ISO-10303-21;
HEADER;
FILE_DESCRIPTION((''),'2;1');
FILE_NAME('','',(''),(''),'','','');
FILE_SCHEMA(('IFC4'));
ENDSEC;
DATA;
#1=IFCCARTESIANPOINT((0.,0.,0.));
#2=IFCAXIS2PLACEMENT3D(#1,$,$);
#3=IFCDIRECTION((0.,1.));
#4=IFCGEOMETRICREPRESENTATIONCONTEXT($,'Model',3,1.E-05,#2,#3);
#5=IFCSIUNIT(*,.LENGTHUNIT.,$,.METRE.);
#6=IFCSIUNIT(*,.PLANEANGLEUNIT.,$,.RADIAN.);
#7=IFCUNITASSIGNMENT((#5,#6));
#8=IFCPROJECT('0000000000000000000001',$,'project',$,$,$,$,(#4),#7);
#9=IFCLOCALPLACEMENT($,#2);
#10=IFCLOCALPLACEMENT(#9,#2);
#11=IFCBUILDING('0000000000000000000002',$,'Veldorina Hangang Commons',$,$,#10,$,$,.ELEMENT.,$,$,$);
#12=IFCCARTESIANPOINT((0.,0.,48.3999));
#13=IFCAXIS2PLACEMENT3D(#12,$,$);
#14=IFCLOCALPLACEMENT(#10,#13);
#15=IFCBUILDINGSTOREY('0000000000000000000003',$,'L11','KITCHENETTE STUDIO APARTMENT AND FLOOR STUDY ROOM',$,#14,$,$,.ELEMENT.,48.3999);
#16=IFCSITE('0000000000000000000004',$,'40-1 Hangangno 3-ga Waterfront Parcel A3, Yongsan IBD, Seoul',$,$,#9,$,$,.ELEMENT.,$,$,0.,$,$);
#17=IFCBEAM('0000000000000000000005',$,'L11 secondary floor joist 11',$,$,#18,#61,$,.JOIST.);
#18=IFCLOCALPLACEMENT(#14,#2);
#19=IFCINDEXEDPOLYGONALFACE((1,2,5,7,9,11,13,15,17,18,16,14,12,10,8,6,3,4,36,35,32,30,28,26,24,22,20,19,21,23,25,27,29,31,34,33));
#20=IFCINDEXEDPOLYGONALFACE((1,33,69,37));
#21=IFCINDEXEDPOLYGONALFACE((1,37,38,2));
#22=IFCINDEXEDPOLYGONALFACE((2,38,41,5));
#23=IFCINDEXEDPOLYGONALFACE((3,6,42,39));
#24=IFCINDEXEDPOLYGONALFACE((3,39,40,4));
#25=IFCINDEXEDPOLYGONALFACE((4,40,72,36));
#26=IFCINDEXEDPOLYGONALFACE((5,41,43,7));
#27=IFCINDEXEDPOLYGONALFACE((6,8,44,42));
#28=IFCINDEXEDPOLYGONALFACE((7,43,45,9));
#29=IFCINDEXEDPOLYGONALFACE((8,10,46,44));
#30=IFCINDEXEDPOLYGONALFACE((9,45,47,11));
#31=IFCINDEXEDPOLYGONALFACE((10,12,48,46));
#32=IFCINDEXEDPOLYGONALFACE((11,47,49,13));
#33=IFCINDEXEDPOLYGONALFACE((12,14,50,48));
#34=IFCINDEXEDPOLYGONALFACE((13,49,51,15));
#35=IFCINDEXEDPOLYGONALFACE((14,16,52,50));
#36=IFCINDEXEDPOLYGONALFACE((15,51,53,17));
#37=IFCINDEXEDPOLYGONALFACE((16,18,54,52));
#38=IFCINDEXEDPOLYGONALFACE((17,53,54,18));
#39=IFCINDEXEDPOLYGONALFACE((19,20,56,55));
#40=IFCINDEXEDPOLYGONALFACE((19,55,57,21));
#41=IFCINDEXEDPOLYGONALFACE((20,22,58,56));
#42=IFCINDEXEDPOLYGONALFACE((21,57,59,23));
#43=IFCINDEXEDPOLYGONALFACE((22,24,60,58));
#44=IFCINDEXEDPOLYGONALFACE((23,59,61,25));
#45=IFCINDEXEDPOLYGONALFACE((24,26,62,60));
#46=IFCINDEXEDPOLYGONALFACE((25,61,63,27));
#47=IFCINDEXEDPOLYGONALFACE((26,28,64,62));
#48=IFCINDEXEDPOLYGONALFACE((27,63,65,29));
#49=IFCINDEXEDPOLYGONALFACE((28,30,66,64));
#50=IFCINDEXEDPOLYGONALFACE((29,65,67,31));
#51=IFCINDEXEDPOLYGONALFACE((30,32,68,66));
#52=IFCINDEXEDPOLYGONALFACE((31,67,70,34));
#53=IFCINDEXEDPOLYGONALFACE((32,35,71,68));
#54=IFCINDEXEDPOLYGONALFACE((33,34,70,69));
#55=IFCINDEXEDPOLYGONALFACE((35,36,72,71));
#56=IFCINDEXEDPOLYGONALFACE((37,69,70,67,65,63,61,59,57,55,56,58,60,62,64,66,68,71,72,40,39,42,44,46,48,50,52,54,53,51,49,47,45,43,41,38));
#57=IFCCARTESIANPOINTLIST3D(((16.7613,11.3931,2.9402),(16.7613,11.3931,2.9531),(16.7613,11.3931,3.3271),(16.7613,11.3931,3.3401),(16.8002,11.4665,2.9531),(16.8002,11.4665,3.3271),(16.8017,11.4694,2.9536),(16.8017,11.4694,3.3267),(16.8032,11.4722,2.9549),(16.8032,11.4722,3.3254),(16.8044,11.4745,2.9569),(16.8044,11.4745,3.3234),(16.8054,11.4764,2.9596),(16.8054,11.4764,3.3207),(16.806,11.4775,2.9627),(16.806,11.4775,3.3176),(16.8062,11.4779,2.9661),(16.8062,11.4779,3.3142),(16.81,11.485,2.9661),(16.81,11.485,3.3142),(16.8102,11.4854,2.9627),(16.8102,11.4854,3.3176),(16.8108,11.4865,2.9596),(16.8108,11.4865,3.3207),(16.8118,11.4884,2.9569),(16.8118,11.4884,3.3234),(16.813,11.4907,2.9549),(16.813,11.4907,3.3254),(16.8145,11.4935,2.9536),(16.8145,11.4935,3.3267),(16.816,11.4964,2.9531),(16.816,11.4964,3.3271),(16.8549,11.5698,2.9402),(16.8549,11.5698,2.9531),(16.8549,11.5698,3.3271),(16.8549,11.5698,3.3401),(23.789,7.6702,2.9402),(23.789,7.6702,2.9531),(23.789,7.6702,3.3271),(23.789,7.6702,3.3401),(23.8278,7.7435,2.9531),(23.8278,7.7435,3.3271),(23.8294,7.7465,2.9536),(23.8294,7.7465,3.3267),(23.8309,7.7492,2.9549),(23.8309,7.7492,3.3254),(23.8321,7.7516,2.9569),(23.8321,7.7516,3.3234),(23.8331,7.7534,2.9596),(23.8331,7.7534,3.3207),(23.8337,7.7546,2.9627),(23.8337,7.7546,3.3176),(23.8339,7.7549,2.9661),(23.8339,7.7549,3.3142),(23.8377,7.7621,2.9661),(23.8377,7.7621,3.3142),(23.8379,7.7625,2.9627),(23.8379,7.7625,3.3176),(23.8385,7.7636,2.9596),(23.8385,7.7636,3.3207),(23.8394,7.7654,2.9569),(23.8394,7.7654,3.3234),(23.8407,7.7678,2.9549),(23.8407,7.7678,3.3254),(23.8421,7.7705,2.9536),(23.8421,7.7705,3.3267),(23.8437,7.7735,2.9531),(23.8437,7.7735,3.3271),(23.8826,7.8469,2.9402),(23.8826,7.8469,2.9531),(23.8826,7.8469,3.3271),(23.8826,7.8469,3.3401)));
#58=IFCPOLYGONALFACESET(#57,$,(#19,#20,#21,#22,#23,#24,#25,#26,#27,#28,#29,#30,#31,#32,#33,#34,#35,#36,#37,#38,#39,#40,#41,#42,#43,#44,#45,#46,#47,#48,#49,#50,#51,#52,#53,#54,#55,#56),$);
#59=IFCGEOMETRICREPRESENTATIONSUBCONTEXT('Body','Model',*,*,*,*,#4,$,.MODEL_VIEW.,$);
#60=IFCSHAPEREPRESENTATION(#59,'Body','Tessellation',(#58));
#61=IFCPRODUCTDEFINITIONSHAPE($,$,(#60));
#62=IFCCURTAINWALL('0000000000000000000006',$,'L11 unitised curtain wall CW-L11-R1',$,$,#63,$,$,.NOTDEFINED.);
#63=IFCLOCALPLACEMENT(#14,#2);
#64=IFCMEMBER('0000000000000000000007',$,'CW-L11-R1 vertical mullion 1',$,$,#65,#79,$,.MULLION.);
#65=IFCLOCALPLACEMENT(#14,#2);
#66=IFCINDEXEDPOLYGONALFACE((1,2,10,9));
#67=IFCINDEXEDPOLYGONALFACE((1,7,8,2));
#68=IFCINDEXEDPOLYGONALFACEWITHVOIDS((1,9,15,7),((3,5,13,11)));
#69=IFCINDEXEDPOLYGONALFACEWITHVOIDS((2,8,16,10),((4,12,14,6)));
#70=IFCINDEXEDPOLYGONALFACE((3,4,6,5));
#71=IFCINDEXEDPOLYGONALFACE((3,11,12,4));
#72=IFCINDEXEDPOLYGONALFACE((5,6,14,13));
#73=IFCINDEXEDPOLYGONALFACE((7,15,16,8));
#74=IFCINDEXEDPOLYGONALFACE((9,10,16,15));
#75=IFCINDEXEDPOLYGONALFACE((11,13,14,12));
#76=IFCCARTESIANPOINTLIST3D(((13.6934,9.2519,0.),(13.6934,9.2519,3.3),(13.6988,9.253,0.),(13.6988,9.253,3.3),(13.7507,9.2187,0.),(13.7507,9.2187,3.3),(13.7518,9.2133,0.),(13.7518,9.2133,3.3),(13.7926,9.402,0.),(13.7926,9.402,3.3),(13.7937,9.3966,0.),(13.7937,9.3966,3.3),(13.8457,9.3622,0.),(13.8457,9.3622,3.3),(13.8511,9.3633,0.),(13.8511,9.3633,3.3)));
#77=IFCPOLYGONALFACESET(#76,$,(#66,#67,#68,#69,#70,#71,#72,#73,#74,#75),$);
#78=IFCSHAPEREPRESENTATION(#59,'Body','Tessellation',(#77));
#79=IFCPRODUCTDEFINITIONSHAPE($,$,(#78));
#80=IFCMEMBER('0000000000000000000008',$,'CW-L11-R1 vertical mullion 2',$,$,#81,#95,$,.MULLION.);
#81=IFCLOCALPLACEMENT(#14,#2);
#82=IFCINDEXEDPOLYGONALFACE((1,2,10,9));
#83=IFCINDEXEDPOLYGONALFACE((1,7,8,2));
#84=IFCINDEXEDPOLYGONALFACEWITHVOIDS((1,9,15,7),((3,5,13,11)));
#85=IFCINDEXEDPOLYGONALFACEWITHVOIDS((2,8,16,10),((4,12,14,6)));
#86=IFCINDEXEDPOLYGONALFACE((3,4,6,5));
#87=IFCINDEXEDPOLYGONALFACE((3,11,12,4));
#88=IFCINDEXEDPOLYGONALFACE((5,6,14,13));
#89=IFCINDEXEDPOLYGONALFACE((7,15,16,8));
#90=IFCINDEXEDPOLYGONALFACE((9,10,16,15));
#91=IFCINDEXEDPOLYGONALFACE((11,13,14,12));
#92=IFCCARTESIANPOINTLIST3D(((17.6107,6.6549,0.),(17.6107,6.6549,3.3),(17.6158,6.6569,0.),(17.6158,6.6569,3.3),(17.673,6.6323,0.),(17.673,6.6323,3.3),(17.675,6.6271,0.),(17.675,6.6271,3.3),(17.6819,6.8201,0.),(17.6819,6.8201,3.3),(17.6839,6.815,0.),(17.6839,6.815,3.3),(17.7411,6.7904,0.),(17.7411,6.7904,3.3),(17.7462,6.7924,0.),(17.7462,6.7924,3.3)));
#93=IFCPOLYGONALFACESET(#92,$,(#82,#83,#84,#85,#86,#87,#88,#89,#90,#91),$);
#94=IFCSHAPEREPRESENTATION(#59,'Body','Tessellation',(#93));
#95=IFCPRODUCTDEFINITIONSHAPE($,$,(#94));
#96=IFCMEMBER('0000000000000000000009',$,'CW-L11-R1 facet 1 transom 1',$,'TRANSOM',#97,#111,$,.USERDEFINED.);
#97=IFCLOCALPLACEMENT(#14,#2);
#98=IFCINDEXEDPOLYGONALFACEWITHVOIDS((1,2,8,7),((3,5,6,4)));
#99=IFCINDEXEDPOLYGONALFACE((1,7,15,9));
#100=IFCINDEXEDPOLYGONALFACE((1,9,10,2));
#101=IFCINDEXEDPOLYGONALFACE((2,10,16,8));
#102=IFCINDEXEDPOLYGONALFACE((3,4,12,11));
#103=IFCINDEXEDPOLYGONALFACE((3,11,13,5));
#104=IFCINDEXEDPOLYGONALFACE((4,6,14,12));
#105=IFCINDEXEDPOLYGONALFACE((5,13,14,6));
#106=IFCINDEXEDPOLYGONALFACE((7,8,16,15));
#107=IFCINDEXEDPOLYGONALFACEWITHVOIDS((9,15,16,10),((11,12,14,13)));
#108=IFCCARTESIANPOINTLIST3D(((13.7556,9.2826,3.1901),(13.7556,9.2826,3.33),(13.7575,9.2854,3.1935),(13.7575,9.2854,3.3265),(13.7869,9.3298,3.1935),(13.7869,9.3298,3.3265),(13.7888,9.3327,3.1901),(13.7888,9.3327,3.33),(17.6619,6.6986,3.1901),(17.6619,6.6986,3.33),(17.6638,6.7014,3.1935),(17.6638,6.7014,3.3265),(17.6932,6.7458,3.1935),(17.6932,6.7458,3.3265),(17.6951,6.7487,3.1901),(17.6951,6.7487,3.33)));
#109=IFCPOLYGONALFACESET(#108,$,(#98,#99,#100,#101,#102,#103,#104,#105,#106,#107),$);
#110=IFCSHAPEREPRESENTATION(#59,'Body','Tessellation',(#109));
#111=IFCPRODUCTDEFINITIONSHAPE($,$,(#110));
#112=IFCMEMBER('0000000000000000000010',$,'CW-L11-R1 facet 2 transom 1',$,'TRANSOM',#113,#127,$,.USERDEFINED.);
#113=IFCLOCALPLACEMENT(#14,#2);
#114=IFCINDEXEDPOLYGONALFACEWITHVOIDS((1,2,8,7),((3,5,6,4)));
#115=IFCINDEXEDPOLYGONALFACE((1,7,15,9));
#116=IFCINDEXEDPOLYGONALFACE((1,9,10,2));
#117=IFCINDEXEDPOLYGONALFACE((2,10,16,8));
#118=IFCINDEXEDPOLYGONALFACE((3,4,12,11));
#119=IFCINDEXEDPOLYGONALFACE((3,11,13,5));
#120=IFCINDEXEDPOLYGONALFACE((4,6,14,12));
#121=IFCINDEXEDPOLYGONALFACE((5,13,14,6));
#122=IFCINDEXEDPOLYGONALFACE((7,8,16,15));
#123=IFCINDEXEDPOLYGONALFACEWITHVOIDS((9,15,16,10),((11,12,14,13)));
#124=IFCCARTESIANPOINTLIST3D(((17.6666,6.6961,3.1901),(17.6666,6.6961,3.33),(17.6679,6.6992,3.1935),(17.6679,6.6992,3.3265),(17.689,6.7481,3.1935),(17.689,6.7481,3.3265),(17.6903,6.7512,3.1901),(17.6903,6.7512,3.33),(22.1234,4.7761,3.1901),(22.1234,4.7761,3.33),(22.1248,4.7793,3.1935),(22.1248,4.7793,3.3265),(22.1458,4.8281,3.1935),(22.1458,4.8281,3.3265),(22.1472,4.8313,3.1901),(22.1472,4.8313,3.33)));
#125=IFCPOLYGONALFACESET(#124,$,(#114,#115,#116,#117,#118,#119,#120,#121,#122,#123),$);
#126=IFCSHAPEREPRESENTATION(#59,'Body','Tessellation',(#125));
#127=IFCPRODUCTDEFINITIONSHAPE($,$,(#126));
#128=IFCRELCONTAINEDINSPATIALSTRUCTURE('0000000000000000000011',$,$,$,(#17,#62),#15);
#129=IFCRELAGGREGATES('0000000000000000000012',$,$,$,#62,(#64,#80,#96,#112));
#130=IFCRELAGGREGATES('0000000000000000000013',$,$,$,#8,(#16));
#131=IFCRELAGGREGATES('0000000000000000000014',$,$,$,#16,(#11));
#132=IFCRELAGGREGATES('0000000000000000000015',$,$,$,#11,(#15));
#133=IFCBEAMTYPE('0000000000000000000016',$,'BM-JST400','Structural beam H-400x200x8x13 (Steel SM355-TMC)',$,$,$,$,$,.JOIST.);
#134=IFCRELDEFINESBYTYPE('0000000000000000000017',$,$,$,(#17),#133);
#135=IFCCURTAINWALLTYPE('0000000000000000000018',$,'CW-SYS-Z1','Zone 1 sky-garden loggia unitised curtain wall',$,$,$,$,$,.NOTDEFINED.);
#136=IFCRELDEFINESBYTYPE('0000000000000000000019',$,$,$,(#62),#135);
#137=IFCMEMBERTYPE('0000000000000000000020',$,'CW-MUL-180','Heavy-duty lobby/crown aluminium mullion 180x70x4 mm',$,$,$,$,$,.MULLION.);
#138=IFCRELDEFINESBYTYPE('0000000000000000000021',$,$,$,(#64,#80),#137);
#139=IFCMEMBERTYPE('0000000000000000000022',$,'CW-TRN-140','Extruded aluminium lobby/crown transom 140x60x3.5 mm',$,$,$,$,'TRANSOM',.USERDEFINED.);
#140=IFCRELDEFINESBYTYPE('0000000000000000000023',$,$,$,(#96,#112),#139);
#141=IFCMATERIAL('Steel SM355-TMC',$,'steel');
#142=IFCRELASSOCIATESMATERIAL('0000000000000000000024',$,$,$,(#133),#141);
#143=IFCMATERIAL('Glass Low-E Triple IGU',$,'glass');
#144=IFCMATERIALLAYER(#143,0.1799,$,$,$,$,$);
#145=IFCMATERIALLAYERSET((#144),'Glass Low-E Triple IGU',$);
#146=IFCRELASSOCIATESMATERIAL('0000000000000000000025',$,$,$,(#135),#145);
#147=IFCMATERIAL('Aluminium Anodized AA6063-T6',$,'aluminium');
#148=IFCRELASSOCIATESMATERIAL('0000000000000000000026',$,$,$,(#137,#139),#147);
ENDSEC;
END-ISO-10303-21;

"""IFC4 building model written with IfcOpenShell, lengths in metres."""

from ifc_helpers import new_model, si_unit, direction, frame, origin, origin_2d, place, context, subcontext, project, spatial, hollow_rectangle, i_section, extrude, material, layer, layer_set, material_profile, profile_set, type_object, element, aggregate, save


model = new_model("IFC4")

# Units and contexts
model_context = context("Model", 3, precision=1e-05, world=origin(), true_north=direction((0.0, 1.0)))
body_context = subcontext(model_context, "Body", "Model", "MODEL_VIEW")
ifc_project = project(units=[si_unit("LENGTHUNIT", "METRE"), si_unit("PLANEANGLEUNIT", "RADIAN")], contexts=[model_context])

# Site, building, storey
site_placement = place(None, origin())
site = spatial("IfcSite", under=ifc_project, at=site_placement, Name="40-1 Hangangno 3-ga Waterfront Parcel A3, Yongsan IBD, Seoul", CompositionType="ELEMENT", RefElevation=0.0)
building_placement = place(site_placement, origin())
building = spatial("IfcBuilding", under=site, at=building_placement, Name="Veldorina Hangang Commons", CompositionType="ELEMENT")
storey_placement = place(building_placement, frame((0.0, 0.0, 48.3999)))
storey = spatial("IfcBuildingStorey", under=building, at=storey_placement, Name="L11", Description="KITCHENETTE STUDIO APARTMENT AND FLOOR STUDY ROOM", CompositionType="ELEMENT", Elevation=48.3999)

# Beam
ifc_material_1 = material(Name="Steel SM355-TMC", Category="steel")
ifc_material_profile_1 = material_profile(ifc_material_1, i_section(OverallWidth=0.2, OverallDepth=0.3999, WebThickness=0.0081, FlangeThickness=0.0129, FilletRadius=0.0129, at=origin_2d()), Name="H-400x200x8x13")
ifc_profile_set_1 = profile_set([ifc_material_profile_1], Name="Steel SM355-TMC")
beam_type = type_object("IfcBeamType", Name="BM-JST400", Description="Structural beam H-400x200x8x13 (Steel SM355-TMC)", PredefinedType="JOIST", material=ifc_profile_set_1)
beam_placement = place(storey_placement, frame((16.8081, 11.4814, 3.1401), z_axis=(0.883662, -0.468125, 0.0), x_axis=(0.468125, 0.883662, 0.0)))
element("IfcBeam", 1, at=beam_placement, inside=storey, type_object=beam_type, Name="L11 secondary floor joist 11", PredefinedType="JOIST", context=body_context, shape_type="SweptSolid", body=[
    extrude(i_section(OverallWidth=0.2, OverallDepth=0.3999, WebThickness=0.0081, FlangeThickness=0.0129, FilletRadius=0.0129, at=origin_2d()), origin(), (0.0, 0.0, 1.0), 7.9529),
])

# Curtain wall, members
ifc_material_2 = material(Name="Glass Low-E Triple IGU", Category="glass")
ifc_layer_1 = layer(ifc_material_2, 0.1799)
ifc_layer_set_1 = layer_set([ifc_layer_1], Name="Glass Low-E Triple IGU")
curtain_wall_type = type_object("IfcCurtainWallType", Name="CW-SYS-Z1", Description="Zone 1 sky-garden loggia unitised curtain wall", PredefinedType="NOTDEFINED", material=ifc_layer_set_1)
curtain_wall_placement = place(storey_placement, origin())
curtain_wall = element("IfcCurtainWall", 2, at=curtain_wall_placement, inside=storey, type_object=curtain_wall_type, Name="L11 unitised curtain wall CW-L11-R1", PredefinedType="NOTDEFINED")
ifc_material_3 = material(Name="Aluminium Anodized AA6063-T6", Category="aluminium")
ifc_material_profile_2 = material_profile(ifc_material_3, hollow_rectangle(XDim=0.0701, YDim=0.1799, WallThickness=0.0039, at=origin_2d()), Name="ALU-RHS-180x70x4")
ifc_profile_set_2 = profile_set([ifc_material_profile_2], Name="Aluminium Anodized AA6063-T6")
member_type_1 = type_object("IfcMemberType", Name="CW-MUL-180", Description="Heavy-duty lobby/crown aluminium mullion 180x70x4 mm", PredefinedType="MULLION", material=ifc_profile_set_2)
member_1_placement = place(storey_placement, frame((13.7722, 9.3076, 0.0), z_axis=(0.0, 0.0, 1.0), x_axis=(0.83404, -0.551704, 0.0)))
member_1 = element("IfcMember", 3, at=member_1_placement, type_object=member_type_1, Name="CW-L11-R1 vertical mullion 1", PredefinedType="MULLION", context=body_context, shape_type="SweptSolid", body=[
    extrude(hollow_rectangle(XDim=0.0701, YDim=0.1799, WallThickness=0.0039, at=origin_2d()), origin(), (0.0, 0.0, 1.0), 3.3),
])
member_2_placement = place(storey_placement, frame((17.6785, 6.7236, 0.0), z_axis=(0.0, 0.0, 1.0), x_axis=(0.918391, -0.395674, 0.0)))
member_2 = element("IfcMember", 4, at=member_2_placement, type_object=member_type_1, Name="CW-L11-R1 vertical mullion 2", PredefinedType="MULLION", context=body_context, shape_type="SweptSolid", body=[
    extrude(hollow_rectangle(XDim=0.0701, YDim=0.1799, WallThickness=0.0039, at=origin_2d()), origin(), (0.0, 0.0, 1.0), 3.3),
])
ifc_material_profile_3 = material_profile(ifc_material_3, hollow_rectangle(XDim=0.0601, YDim=0.1399, WallThickness=0.0034, at=origin_2d()), Name="ALU-RHS-140x60x3.5")
ifc_profile_set_3 = profile_set([ifc_material_profile_3], Name="Aluminium Anodized AA6063-T6")
member_type_2 = type_object("IfcMemberType", Name="CW-TRN-140", Description="Extruded aluminium lobby/crown transom 140x60x3.5 mm", ElementType="TRANSOM", PredefinedType="USERDEFINED", material=ifc_profile_set_3)
member_3_placement = place(storey_placement, frame((13.7722, 9.3076, 3.26), z_axis=(0.834034, -0.551713, 0.0), x_axis=(0.551713, 0.834034, 0.0)))
member_3 = element("IfcMember", 5, at=member_3_placement, type_object=member_type_2, Name="CW-L11-R1 facet 1 transom 1", ObjectType="TRANSOM", PredefinedType="USERDEFINED", context=body_context, shape_type="SweptSolid", body=[
    extrude(hollow_rectangle(XDim=0.0601, YDim=0.1399, WallThickness=0.0034, at=origin_2d()), origin(), (0.0, 0.0, 1.0), 4.6836),
])
member_4_placement = place(storey_placement, frame((17.6785, 6.7236, 3.26), z_axis=(0.918407, -0.395637, 0.0), x_axis=(0.395637, 0.918407, 0.0)))
member_4 = element("IfcMember", 6, at=member_4_placement, type_object=member_type_2, Name="CW-L11-R1 facet 2 transom 1", ObjectType="TRANSOM", PredefinedType="USERDEFINED", context=body_context, shape_type="SweptSolid", body=[
    extrude(hollow_rectangle(XDim=0.0601, YDim=0.1399, WallThickness=0.0034, at=origin_2d()), origin(), (0.0, 0.0, 1.0), 4.8528),
])

aggregate(curtain_wall, [member_1, member_2, member_3, member_4])

save(model, "model.ifc")
